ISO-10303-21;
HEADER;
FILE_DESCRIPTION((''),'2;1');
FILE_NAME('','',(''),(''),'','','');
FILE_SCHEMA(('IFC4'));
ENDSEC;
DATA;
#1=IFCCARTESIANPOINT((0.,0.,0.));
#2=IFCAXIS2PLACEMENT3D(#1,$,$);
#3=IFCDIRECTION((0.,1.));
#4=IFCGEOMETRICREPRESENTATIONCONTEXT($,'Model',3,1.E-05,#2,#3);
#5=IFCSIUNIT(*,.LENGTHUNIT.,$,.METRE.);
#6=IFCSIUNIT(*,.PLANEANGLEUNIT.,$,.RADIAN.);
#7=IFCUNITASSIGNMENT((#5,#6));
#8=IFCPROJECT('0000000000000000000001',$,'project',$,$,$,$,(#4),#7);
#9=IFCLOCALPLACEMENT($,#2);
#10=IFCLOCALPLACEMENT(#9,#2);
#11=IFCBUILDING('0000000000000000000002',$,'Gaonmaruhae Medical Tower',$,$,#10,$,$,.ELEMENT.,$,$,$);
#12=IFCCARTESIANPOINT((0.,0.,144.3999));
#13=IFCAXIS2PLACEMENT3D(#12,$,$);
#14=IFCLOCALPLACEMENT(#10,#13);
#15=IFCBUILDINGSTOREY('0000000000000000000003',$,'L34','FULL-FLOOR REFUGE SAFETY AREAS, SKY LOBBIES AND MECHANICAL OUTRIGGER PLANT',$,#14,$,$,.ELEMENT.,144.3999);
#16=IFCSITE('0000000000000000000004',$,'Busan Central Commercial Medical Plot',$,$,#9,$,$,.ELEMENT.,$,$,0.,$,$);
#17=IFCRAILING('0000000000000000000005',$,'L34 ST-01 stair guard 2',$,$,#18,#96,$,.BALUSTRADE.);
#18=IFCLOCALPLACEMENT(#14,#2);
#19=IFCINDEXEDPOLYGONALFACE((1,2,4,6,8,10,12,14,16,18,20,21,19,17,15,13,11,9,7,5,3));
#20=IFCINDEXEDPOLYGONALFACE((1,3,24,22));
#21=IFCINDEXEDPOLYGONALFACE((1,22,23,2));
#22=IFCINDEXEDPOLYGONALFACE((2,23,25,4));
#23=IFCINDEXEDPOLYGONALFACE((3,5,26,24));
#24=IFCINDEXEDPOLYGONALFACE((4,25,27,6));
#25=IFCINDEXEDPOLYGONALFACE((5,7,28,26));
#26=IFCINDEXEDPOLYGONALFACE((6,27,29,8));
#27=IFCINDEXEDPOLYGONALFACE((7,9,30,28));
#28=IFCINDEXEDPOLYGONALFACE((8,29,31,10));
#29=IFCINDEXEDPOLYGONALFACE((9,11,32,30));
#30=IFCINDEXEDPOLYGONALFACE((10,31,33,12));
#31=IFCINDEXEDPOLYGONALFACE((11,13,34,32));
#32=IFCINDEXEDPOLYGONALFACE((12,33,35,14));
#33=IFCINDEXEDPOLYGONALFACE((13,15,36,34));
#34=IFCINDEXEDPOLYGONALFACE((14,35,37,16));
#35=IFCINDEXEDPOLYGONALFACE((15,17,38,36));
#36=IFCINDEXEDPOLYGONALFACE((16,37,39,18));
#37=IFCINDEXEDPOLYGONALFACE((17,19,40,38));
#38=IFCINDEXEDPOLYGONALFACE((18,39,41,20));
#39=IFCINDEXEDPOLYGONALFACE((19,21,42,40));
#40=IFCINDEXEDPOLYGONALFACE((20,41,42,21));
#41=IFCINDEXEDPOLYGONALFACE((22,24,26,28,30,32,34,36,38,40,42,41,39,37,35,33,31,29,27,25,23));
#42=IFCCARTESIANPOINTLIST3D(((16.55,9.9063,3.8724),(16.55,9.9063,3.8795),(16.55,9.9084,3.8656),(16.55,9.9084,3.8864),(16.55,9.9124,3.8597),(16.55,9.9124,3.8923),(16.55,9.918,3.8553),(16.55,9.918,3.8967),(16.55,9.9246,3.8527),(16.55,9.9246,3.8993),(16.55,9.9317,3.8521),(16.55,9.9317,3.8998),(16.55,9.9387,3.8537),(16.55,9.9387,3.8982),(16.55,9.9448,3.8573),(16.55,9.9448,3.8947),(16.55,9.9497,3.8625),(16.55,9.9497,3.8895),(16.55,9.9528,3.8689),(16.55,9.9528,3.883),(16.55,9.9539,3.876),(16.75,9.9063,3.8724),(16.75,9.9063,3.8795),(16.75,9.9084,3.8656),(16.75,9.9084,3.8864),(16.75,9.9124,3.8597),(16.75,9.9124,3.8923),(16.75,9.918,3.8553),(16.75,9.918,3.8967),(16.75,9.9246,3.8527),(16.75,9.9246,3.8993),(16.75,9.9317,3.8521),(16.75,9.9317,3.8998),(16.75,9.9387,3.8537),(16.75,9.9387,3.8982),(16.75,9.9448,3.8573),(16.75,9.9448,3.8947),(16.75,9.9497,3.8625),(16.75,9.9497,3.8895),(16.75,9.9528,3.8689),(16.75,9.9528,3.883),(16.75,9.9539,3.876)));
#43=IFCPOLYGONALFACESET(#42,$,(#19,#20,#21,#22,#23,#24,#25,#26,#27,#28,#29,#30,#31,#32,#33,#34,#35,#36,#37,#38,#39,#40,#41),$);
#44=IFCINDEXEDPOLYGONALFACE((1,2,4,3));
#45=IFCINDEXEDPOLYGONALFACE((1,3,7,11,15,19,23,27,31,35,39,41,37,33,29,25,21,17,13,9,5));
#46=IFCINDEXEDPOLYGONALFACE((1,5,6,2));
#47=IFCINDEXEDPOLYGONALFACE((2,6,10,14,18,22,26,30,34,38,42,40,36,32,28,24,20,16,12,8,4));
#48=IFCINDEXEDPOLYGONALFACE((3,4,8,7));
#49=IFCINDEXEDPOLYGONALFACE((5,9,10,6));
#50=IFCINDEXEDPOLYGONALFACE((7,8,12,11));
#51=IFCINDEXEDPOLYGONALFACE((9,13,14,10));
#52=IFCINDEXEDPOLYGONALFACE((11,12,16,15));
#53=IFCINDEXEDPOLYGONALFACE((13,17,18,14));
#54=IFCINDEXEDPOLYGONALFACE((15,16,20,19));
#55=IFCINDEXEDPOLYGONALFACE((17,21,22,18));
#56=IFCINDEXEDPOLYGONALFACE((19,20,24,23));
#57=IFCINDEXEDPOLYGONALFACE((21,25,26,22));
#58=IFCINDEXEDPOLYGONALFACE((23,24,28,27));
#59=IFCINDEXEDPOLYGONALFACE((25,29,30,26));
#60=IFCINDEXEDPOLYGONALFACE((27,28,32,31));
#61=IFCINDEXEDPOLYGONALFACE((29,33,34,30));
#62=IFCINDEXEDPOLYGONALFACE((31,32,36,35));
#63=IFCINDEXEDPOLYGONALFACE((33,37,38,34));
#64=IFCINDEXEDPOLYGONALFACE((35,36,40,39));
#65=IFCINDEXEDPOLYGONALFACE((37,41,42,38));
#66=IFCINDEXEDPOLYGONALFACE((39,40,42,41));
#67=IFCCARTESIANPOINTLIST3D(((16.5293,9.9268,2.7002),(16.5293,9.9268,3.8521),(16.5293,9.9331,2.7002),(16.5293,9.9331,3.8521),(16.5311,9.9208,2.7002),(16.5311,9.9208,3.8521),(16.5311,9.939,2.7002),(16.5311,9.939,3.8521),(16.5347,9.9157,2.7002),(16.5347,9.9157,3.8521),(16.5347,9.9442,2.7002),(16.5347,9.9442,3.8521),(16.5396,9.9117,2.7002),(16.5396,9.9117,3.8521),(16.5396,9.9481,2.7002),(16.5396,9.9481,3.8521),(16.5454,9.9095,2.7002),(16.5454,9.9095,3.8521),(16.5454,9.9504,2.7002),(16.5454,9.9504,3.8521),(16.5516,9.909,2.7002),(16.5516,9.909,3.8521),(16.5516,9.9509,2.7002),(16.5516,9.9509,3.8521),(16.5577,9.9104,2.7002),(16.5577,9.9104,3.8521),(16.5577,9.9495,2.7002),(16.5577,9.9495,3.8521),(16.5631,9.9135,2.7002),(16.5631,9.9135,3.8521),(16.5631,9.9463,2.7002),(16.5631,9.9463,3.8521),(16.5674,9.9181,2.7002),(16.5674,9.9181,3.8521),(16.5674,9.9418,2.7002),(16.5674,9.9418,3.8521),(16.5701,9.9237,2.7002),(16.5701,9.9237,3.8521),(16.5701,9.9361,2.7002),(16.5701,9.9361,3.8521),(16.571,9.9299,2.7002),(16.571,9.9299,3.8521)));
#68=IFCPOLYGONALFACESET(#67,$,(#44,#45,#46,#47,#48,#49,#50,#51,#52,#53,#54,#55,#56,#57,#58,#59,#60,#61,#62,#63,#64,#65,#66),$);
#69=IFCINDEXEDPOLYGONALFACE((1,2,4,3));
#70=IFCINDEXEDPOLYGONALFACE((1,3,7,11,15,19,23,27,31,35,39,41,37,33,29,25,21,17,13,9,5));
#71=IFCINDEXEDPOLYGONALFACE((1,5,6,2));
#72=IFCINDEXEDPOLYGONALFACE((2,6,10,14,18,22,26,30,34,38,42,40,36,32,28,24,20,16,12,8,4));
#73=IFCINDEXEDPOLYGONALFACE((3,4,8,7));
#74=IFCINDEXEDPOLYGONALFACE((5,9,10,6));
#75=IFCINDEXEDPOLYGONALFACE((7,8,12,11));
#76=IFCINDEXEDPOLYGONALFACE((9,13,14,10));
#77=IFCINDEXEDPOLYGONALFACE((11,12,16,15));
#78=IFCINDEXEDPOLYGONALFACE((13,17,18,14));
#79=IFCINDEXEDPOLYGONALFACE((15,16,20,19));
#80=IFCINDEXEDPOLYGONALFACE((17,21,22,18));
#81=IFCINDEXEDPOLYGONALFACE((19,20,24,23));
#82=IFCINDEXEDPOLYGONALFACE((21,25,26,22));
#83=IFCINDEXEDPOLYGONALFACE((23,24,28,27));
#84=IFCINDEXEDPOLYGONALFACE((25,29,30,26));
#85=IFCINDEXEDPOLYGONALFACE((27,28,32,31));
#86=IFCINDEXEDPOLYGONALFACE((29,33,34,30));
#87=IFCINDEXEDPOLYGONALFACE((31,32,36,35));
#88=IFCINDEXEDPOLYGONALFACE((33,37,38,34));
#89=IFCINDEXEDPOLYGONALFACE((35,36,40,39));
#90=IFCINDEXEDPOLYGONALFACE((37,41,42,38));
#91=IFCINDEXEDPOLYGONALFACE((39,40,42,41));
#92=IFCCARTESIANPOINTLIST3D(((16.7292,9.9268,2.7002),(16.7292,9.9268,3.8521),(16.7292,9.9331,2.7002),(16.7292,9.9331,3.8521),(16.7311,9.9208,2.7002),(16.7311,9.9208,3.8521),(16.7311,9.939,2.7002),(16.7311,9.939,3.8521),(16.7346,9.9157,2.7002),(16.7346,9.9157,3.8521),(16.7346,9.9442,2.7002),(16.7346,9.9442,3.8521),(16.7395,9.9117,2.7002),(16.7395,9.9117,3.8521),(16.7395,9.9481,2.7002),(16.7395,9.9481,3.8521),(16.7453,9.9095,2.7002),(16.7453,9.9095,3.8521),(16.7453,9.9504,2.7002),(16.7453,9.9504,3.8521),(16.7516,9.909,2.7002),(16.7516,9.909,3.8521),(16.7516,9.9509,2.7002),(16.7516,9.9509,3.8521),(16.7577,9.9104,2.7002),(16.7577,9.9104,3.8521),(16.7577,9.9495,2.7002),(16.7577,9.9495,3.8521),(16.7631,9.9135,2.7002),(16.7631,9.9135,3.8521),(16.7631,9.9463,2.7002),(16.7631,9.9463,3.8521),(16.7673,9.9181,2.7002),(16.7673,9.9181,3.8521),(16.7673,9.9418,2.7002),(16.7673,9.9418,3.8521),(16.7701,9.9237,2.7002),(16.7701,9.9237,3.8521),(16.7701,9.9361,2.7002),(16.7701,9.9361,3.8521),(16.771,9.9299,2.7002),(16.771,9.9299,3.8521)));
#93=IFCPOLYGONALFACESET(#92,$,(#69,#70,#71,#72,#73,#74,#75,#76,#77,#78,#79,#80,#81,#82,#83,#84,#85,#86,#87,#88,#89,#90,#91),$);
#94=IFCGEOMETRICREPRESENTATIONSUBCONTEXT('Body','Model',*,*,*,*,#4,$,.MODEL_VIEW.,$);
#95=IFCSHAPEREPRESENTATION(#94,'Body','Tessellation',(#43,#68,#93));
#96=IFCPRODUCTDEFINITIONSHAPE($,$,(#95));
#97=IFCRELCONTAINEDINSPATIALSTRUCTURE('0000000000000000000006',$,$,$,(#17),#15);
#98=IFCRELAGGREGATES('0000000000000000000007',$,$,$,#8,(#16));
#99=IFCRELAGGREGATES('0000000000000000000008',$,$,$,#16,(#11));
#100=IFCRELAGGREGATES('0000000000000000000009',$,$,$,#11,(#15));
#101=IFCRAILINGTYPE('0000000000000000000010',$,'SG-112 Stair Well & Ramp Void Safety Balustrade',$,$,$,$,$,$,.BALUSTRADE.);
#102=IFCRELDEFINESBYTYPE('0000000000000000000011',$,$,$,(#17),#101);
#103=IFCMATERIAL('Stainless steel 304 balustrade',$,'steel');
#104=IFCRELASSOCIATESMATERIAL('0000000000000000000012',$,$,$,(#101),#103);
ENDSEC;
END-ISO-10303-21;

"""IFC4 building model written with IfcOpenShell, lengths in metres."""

from ifc_helpers import new_model, si_unit, direction, frame, origin, origin_2d, place, context, subcontext, project, spatial, circle, extrude, material, type_object, element, save


model = new_model("IFC4")

# Units and contexts
model_context = context("Model", 3, precision=1e-05, world=origin(), true_north=direction((0.0, 1.0)))
body_context = subcontext(model_context, "Body", "Model", "MODEL_VIEW")
ifc_project = project(units=[si_unit("LENGTHUNIT", "METRE"), si_unit("PLANEANGLEUNIT", "RADIAN")], contexts=[model_context])

# Site, building, storey
site_placement = place(None, origin())
site = spatial("IfcSite", under=ifc_project, at=site_placement, Name="Busan Central Commercial Medical Plot", CompositionType="ELEMENT", RefElevation=0.0)
building_placement = place(site_placement, origin())
building = spatial("IfcBuilding", under=site, at=building_placement, Name="Gaonmaruhae Medical Tower", CompositionType="ELEMENT")
storey_placement = place(building_placement, frame((0.0, 0.0, 144.3999)))
storey = spatial("IfcBuildingStorey", under=building, at=storey_placement, Name="L34", Description="FULL-FLOOR REFUGE SAFETY AREAS, SKY LOBBIES AND MECHANICAL OUTRIGGER PLANT", CompositionType="ELEMENT", Elevation=144.3999)

# Railing
ifc_material_1 = material(Name="Stainless steel 304 balustrade", Category="steel")
railing_type_1 = type_object("IfcRailingType", Name="SG-112 Stair Well & Ramp Void Safety Balustrade", PredefinedType="BALUSTRADE", material=ifc_material_1)
railing_1_placement = place(storey_placement, frame((16.55, 9.9299, 2.7002)))
element("IfcRailing", 1, at=railing_1_placement, inside=storey, type_object=railing_type_1, Name="L34 ST-01 stair guard 2", PredefinedType="BALUSTRADE", context=body_context, shape_type="SweptSolid", body=[
    extrude(circle(Radius=0.0239, at=origin_2d()), frame((0.0, 0.0, 1.1758), z_axis=(1.0, 0.0, 0.0), x_axis=(0.0, 1.0, 0.0)), (0.0, 0.0, 1.0), 0.2),
    extrude(circle(Radius=0.021, at=origin_2d()), origin(), (0.0, 0.0, 1.0), 1.1519),
    extrude(circle(Radius=0.021, at=origin_2d()), frame((0.2, 0.0, 0.0)), (0.0, 0.0, 1.0), 1.1519),
])

save(model, "model.ifc")
